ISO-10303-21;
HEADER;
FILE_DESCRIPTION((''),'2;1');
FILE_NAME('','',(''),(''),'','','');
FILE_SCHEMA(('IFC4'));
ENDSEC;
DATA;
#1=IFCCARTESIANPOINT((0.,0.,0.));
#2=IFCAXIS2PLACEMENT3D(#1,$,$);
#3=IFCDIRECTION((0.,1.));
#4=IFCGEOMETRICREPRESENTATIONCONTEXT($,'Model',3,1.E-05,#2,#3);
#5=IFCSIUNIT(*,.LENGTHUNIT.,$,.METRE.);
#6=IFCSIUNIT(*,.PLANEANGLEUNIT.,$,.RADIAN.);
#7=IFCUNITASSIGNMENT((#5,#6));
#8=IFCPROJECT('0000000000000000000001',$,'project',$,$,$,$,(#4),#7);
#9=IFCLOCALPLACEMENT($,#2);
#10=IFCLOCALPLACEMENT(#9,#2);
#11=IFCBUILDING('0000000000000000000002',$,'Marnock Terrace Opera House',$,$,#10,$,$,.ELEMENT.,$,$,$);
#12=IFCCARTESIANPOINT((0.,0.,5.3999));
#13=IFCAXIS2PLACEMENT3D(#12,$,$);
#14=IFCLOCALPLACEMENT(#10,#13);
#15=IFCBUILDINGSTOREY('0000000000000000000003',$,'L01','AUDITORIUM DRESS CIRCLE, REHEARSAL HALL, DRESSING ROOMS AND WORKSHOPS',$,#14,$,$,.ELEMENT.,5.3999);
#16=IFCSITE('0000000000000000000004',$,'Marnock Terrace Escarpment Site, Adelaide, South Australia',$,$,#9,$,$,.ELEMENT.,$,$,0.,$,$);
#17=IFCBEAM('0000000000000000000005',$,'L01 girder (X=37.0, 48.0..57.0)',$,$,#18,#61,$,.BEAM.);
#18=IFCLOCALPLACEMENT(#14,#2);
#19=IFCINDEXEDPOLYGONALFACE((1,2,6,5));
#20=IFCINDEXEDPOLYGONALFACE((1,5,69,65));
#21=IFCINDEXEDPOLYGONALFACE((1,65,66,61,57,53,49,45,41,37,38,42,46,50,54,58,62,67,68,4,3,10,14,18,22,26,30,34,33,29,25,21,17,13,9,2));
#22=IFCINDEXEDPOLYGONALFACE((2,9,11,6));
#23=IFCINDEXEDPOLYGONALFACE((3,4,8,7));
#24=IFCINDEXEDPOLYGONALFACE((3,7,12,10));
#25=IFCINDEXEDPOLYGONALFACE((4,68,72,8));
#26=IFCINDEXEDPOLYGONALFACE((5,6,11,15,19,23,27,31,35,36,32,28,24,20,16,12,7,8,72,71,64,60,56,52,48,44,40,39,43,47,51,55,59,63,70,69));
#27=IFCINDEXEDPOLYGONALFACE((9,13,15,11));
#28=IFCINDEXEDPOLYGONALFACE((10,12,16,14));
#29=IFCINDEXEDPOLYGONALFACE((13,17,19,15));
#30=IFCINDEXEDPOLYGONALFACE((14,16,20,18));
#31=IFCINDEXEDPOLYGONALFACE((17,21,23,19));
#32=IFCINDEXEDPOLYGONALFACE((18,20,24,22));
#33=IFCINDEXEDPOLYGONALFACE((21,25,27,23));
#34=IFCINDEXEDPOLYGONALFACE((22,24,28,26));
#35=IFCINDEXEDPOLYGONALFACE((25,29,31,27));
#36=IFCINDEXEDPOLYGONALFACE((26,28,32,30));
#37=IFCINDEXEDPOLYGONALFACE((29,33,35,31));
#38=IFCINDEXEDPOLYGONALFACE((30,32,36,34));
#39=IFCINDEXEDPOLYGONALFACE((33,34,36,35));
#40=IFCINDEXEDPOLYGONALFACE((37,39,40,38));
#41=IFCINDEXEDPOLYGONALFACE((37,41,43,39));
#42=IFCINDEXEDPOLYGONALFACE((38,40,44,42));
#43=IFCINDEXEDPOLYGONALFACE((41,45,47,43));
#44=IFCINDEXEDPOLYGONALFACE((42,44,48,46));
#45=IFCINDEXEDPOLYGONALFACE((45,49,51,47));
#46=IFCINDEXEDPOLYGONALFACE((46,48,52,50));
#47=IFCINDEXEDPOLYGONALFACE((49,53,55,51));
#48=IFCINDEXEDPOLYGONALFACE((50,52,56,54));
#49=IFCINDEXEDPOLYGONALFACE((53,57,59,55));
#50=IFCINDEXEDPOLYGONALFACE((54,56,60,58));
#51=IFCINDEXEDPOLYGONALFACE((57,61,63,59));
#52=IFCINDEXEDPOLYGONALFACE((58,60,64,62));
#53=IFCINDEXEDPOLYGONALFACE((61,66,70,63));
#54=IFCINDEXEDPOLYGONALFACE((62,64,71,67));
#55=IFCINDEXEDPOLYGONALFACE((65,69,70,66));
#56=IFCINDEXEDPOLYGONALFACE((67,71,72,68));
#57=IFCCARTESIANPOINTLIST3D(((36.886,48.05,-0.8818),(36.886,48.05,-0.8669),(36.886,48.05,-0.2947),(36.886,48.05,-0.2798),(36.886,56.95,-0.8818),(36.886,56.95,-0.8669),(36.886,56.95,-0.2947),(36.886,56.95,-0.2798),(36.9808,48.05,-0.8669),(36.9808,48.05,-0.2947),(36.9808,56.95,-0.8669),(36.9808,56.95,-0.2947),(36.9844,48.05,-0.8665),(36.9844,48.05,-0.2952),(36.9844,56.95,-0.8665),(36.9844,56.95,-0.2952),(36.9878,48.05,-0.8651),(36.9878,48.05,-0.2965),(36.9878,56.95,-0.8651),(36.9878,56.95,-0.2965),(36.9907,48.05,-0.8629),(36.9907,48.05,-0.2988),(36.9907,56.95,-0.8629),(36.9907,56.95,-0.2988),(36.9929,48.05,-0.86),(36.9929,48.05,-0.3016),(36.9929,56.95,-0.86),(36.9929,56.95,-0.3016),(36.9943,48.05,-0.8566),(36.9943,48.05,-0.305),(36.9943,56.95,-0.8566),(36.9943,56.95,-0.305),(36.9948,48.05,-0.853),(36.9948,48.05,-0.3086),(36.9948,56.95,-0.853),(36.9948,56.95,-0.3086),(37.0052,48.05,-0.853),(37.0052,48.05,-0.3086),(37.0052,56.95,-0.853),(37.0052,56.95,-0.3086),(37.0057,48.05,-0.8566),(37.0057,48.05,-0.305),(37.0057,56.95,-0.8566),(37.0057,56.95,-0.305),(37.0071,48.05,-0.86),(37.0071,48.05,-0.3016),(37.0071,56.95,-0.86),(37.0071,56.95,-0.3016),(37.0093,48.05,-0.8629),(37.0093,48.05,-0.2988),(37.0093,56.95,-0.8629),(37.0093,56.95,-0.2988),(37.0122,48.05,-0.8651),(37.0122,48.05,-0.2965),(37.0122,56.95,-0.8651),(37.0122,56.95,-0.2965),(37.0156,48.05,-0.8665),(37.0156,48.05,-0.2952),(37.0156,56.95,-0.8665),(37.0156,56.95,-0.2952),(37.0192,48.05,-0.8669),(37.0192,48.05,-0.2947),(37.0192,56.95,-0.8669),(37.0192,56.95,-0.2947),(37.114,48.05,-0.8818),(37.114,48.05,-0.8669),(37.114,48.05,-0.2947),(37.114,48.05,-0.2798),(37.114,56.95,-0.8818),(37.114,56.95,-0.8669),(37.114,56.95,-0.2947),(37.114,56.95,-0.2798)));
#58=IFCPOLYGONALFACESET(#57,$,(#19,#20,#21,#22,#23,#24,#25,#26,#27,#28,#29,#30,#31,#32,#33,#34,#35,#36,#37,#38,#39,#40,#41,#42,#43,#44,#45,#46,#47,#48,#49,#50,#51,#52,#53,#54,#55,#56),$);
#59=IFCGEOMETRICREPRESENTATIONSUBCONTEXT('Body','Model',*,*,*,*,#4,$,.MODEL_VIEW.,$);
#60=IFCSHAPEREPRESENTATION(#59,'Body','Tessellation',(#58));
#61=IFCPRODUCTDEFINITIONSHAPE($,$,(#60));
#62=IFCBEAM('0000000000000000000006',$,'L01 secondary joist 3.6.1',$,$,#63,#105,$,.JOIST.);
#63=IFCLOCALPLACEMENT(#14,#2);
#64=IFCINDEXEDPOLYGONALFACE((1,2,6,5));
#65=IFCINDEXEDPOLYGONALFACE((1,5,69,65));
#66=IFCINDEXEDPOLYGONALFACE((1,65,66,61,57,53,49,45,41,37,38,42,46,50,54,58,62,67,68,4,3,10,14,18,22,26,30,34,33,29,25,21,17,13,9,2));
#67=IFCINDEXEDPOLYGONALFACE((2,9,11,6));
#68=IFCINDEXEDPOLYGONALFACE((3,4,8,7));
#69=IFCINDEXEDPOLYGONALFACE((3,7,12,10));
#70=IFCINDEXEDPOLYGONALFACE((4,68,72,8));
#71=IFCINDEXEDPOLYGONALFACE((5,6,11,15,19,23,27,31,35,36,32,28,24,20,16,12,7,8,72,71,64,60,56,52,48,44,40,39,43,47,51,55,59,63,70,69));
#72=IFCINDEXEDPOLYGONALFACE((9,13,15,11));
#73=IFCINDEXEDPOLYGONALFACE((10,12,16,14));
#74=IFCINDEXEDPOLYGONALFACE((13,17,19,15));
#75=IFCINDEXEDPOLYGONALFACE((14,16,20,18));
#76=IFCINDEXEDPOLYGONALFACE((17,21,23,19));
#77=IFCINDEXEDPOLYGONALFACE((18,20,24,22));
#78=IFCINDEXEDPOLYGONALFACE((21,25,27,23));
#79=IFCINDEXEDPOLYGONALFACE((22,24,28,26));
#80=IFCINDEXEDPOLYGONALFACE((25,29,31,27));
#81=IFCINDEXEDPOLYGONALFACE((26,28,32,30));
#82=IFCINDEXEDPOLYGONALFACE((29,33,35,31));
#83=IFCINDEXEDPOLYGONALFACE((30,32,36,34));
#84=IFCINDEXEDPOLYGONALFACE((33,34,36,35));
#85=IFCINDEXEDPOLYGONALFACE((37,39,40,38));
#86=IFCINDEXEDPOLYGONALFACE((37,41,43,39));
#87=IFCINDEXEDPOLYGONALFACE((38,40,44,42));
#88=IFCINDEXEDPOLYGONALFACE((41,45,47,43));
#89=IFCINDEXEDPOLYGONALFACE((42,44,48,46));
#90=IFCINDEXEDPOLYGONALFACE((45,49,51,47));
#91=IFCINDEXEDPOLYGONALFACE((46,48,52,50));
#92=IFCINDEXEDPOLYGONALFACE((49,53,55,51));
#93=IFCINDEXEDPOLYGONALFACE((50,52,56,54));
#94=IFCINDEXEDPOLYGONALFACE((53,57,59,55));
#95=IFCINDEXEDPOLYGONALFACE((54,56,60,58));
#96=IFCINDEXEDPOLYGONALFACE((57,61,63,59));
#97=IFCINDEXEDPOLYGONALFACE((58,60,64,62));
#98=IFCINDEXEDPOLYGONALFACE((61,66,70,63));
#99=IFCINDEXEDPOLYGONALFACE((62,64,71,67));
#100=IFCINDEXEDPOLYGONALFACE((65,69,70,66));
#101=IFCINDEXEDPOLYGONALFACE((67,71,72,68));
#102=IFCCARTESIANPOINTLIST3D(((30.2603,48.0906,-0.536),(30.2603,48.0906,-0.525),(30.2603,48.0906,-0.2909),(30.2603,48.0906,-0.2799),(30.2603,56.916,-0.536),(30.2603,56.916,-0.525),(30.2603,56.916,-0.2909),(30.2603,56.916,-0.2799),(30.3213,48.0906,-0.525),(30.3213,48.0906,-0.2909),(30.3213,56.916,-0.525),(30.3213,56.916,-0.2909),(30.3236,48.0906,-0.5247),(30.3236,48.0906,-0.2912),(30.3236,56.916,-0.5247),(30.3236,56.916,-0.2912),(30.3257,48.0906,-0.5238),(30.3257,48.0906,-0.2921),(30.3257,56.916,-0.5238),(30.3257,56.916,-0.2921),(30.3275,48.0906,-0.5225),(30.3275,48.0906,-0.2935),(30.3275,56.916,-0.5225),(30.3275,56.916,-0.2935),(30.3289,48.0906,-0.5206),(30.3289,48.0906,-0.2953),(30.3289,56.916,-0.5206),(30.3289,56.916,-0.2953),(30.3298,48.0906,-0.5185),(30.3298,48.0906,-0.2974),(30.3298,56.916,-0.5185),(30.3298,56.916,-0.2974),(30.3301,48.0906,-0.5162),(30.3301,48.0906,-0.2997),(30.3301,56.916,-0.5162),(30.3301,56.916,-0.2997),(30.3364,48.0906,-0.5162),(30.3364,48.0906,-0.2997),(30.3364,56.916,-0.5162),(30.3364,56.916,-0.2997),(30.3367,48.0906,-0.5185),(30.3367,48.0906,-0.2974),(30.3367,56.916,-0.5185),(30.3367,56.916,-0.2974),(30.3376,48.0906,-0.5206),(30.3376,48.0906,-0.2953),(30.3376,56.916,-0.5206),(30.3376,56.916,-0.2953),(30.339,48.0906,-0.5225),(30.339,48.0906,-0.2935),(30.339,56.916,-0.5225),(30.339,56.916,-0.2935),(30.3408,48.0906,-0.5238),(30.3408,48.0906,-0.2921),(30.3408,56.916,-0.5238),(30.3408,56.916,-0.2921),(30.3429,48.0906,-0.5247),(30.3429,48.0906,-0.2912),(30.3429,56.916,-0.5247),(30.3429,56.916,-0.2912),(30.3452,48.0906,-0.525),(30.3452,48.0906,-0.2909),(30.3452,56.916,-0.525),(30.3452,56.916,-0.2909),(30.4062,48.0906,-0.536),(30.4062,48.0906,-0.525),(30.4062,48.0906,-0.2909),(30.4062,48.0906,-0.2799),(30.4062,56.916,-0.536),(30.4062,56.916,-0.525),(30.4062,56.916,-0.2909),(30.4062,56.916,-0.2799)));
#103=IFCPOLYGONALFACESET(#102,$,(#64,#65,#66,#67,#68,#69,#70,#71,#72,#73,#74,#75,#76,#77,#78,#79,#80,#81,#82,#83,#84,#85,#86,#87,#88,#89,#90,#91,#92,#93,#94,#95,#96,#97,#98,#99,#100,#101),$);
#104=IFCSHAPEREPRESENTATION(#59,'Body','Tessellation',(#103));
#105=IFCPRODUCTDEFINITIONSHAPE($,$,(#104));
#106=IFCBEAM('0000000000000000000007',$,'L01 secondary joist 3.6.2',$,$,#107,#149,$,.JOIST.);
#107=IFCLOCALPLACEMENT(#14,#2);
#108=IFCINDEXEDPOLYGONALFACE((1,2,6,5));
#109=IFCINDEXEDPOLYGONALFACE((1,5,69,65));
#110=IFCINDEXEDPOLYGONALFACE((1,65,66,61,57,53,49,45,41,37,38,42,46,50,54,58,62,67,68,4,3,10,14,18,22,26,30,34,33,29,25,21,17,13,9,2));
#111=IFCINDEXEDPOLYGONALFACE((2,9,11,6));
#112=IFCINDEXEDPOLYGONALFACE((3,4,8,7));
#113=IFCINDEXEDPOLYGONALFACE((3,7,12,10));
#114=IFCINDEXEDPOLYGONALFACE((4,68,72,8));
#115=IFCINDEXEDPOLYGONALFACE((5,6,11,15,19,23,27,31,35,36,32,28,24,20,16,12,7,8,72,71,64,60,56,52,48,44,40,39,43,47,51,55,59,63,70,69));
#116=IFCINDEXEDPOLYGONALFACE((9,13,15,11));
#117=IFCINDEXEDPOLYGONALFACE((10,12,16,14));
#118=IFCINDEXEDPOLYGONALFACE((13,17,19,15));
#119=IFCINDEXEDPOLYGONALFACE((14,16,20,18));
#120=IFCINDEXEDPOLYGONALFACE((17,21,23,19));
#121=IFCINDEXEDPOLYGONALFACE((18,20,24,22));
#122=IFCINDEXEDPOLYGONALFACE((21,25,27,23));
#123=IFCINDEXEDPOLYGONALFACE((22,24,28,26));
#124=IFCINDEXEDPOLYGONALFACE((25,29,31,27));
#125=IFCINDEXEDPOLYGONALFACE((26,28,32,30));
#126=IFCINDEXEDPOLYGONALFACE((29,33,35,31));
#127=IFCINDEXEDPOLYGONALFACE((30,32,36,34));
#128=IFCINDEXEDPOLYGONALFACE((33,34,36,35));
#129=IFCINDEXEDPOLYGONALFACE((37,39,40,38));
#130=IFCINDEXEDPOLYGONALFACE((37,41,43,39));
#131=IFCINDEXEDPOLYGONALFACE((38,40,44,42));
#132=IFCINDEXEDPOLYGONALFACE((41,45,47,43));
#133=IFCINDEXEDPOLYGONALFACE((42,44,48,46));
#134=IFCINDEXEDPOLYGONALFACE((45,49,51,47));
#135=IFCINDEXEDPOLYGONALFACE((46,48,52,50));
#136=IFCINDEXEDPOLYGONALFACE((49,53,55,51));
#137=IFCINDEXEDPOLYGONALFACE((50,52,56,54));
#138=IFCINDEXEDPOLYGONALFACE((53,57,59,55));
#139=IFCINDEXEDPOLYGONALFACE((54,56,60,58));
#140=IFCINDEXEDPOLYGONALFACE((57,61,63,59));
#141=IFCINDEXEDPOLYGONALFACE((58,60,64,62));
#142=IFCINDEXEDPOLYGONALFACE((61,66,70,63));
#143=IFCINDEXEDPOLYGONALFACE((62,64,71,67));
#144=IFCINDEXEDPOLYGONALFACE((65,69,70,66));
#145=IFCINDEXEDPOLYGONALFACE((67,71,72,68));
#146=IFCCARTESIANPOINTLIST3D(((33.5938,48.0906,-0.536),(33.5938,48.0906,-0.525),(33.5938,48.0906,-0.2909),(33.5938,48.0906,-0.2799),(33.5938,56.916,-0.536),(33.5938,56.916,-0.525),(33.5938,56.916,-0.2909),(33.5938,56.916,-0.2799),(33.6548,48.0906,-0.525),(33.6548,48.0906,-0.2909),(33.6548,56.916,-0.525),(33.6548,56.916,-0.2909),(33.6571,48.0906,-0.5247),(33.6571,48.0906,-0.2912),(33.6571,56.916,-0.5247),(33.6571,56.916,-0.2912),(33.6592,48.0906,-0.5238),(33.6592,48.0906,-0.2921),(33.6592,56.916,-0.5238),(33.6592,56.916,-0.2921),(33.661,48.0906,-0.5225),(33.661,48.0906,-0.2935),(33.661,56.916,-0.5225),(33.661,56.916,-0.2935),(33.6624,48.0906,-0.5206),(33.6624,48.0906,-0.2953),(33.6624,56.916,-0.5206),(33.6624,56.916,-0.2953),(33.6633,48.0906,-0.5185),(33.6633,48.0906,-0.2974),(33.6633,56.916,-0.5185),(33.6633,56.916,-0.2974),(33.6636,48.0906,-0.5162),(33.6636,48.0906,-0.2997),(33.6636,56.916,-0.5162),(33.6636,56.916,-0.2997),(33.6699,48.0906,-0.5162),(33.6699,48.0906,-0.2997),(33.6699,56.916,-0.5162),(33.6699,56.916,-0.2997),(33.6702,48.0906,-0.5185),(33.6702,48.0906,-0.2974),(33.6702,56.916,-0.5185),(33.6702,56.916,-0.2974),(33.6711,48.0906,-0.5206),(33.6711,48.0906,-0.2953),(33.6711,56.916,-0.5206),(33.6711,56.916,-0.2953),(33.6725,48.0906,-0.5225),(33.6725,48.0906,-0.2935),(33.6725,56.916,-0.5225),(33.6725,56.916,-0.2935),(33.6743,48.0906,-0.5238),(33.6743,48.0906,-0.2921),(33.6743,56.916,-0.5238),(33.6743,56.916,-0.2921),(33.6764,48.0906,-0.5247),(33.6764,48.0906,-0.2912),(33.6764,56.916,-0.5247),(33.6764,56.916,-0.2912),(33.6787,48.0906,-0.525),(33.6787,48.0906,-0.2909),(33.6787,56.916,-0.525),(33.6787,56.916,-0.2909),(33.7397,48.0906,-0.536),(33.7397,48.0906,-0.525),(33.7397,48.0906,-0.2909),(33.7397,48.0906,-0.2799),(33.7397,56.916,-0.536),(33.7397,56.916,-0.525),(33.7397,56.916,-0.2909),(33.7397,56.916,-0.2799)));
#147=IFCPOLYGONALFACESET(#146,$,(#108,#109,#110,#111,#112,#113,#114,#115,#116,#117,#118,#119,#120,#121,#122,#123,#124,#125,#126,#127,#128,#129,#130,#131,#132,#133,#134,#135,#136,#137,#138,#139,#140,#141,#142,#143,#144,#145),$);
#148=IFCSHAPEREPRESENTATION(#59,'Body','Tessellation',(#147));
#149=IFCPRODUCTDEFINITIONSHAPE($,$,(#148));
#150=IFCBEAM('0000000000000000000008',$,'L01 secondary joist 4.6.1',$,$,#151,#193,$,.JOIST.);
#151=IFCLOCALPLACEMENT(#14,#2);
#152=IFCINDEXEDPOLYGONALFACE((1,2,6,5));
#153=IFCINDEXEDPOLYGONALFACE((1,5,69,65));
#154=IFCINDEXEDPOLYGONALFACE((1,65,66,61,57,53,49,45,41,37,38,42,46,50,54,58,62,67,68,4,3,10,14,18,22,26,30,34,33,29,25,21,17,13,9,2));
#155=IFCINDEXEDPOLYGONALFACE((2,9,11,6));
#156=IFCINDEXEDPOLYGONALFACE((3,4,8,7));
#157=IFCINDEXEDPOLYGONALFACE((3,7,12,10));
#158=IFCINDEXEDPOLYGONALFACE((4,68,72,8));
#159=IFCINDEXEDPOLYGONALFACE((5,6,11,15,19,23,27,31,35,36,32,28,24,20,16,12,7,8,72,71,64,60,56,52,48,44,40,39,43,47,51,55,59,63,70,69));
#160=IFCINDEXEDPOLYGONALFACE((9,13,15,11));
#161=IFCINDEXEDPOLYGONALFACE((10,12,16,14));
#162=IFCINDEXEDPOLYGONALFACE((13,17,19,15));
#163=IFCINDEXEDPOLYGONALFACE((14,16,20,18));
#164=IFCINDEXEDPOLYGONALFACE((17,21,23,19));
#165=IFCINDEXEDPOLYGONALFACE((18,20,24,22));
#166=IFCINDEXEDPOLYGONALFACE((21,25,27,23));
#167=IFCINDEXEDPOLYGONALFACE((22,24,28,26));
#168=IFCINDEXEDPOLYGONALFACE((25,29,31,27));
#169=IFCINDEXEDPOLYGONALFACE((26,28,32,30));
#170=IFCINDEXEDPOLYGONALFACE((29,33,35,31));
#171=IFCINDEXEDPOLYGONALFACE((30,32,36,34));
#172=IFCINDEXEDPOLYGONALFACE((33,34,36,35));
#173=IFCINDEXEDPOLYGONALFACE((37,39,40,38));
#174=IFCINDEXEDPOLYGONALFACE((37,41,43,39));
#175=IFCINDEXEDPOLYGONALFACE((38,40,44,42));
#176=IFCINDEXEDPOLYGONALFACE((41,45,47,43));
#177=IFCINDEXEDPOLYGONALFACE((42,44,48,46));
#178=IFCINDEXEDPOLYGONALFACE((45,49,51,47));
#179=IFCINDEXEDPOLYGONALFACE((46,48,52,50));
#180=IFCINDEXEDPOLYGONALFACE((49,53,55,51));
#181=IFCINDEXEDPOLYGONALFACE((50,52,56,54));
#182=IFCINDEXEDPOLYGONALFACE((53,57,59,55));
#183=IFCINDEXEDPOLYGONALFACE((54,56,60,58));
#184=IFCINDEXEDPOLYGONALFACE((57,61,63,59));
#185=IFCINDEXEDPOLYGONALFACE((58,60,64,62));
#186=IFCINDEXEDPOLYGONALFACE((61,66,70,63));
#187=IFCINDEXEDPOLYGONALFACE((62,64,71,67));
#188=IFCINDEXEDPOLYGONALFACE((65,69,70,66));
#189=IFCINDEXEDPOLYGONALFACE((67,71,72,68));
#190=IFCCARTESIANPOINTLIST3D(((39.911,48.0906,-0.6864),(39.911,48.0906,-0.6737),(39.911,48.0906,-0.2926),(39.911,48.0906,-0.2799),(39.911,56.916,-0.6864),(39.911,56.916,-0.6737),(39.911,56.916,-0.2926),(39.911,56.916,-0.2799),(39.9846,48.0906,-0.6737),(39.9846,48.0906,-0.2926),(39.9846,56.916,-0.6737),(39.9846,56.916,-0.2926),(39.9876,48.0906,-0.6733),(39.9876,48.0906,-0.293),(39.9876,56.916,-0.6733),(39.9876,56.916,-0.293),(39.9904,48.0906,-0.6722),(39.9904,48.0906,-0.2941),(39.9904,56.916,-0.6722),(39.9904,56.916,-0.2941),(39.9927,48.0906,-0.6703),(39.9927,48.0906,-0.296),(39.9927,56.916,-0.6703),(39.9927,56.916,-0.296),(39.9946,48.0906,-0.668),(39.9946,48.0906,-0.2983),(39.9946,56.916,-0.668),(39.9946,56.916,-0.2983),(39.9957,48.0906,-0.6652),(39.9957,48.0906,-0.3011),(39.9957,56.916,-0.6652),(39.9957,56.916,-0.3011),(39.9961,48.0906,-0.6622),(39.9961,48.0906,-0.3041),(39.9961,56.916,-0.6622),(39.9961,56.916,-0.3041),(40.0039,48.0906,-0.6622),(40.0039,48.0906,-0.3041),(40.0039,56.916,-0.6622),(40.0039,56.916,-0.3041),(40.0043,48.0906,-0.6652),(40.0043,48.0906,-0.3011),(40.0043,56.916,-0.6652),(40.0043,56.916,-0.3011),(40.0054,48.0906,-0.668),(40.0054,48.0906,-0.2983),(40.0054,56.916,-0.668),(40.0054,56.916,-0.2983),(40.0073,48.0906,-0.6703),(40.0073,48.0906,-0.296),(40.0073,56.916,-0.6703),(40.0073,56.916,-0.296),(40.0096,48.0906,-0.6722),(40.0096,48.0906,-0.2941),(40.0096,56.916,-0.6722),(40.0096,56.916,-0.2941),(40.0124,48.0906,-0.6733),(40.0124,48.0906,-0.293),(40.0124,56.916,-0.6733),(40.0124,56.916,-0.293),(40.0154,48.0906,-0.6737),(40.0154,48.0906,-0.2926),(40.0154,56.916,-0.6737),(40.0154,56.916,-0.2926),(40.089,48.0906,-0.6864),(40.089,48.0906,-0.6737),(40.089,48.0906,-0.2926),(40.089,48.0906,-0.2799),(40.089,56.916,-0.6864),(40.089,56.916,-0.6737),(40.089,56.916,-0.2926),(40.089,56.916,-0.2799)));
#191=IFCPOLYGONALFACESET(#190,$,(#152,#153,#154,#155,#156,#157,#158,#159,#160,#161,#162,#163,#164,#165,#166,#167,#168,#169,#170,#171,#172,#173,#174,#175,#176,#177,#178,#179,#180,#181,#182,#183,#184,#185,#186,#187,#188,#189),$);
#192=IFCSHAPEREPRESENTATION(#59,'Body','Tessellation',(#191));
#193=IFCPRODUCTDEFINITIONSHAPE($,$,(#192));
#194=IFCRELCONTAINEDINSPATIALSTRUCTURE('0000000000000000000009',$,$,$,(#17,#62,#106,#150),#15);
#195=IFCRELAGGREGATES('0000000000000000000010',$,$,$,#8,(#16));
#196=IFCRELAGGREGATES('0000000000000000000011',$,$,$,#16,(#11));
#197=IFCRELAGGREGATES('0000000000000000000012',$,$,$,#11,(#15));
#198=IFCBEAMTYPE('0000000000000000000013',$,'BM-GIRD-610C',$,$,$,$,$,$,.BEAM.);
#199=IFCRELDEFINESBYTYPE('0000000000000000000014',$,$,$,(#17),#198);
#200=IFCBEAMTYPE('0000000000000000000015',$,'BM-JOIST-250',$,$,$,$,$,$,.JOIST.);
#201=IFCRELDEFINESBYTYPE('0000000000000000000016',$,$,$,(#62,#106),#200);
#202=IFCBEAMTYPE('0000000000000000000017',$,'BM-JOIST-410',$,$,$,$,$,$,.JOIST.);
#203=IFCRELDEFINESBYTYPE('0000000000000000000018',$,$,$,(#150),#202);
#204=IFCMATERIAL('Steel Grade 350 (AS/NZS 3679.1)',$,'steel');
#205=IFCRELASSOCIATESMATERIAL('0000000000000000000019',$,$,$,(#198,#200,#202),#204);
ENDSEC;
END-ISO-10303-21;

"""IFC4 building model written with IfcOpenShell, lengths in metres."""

from ifc_helpers import new_model, si_unit, direction, frame, origin, origin_2d, place, context, subcontext, project, spatial, i_section, extrude, material, material_profile, profile_set, type_object, element, save


model = new_model("IFC4")

# Units and contexts
model_context = context("Model", 3, precision=1e-05, world=origin(), true_north=direction((0.0, 1.0)))
body_context = subcontext(model_context, "Body", "Model", "MODEL_VIEW")
ifc_project = project(units=[si_unit("LENGTHUNIT", "METRE"), si_unit("PLANEANGLEUNIT", "RADIAN")], contexts=[model_context])

# Site, building, storey
site_placement = place(None, origin())
site = spatial("IfcSite", under=ifc_project, at=site_placement, Name="Marnock Terrace Escarpment Site, Adelaide, South Australia", CompositionType="ELEMENT", RefElevation=0.0)
building_placement = place(site_placement, origin())
building = spatial("IfcBuilding", under=site, at=building_placement, Name="Marnock Terrace Opera House", CompositionType="ELEMENT")
storey_placement = place(building_placement, frame((0.0, 0.0, 5.3999)))
storey = spatial("IfcBuildingStorey", under=building, at=storey_placement, Name="L01", Description="AUDITORIUM DRESS CIRCLE, REHEARSAL HALL, DRESSING ROOMS AND WORKSHOPS", CompositionType="ELEMENT", Elevation=5.3999)

# Beams
ifc_material_1 = material(Name="Steel Grade 350 (AS/NZS 3679.1)", Category="steel")
ifc_material_profile_1 = material_profile(ifc_material_1, i_section(OverallWidth=0.228, OverallDepth=0.6021, WebThickness=0.0105, FlangeThickness=0.0149, FilletRadius=0.0139, at=origin_2d()))
ifc_profile_set_1 = profile_set([ifc_material_profile_1], Name="Steel Grade 350 (AS/NZS 3679.1)")
beam_type_1 = type_object("IfcBeamType", Name="BM-GIRD-610C", PredefinedType="BEAM", material=ifc_profile_set_1)
beam_1_placement = place(storey_placement, frame((37.0, 48.05, -0.5808), z_axis=(0.0, 1.0, 0.0), x_axis=(-1.0, 0.0, 0.0)))
element("IfcBeam", 1, at=beam_1_placement, inside=storey, type_object=beam_type_1, Name="L01 girder (X=37.0, 48.0..57.0)", PredefinedType="BEAM", context=body_context, shape_type="SweptSolid", body=[
    extrude(i_section(OverallWidth=0.228, OverallDepth=0.6021, WebThickness=0.0105, FlangeThickness=0.0149, FilletRadius=0.0139, at=origin_2d()), origin(), (0.0, 0.0, 1.0), 8.8999),
])
ifc_material_profile_2 = material_profile(ifc_material_1, i_section(OverallWidth=0.146, OverallDepth=0.2561, WebThickness=0.0063, FlangeThickness=0.011, FilletRadius=0.0088, at=origin_2d()))
ifc_profile_set_2 = profile_set([ifc_material_profile_2], Name="Steel Grade 350 (AS/NZS 3679.1)")
beam_type_2 = type_object("IfcBeamType", Name="BM-JOIST-250", PredefinedType="JOIST", material=ifc_profile_set_2)
for number, where, z_axis, x_axis, name in (
    (2, (30.3333, 48.0906, -0.408), (0.0, 1.0, 0.0), (-1.0, 0.0, 0.0), "L01 secondary joist 3.6.1"),
    (3, (33.6667, 48.0906, -0.408), (0.0, 1.0, 0.0), (-1.0, 0.0, 0.0), "L01 secondary joist 3.6.2"),
):
    element("IfcBeam", number, at=place(storey_placement, frame(where, z_axis=z_axis, x_axis=x_axis)), inside=storey, type_object=beam_type_2, Name=name, PredefinedType="JOIST", context=body_context, shape_type="SweptSolid", body=[
        extrude(i_section(OverallWidth=0.146, OverallDepth=0.2561, WebThickness=0.0063, FlangeThickness=0.011, FilletRadius=0.0088, at=origin_2d()), origin(), (0.0, 0.0, 1.0), 8.8254),
    ])
ifc_material_profile_3 = material_profile(ifc_material_1, i_section(OverallWidth=0.178, OverallDepth=0.4065, WebThickness=0.0078, FlangeThickness=0.0127, FilletRadius=0.0115, at=origin_2d()))
ifc_profile_set_3 = profile_set([ifc_material_profile_3], Name="Steel Grade 350 (AS/NZS 3679.1)")
beam_type_3 = type_object("IfcBeamType", Name="BM-JOIST-410", PredefinedType="JOIST", material=ifc_profile_set_3)
for number, where, z_axis, x_axis, name in (
    (4, (40.0, 48.0906, -0.4832), (0.0, 1.0, 0.0), (-1.0, 0.0, 0.0), "L01 secondary joist 4.6.1"),
):
    element("IfcBeam", number, at=place(storey_placement, frame(where, z_axis=z_axis, x_axis=x_axis)), inside=storey, type_object=beam_type_3, Name=name, PredefinedType="JOIST", context=body_context, shape_type="SweptSolid", body=[
        extrude(i_section(OverallWidth=0.178, OverallDepth=0.4065, WebThickness=0.0078, FlangeThickness=0.0127, FilletRadius=0.0115, at=origin_2d()), origin(), (0.0, 0.0, 1.0), 8.8254),
    ])

save(model, "model.ifc")
